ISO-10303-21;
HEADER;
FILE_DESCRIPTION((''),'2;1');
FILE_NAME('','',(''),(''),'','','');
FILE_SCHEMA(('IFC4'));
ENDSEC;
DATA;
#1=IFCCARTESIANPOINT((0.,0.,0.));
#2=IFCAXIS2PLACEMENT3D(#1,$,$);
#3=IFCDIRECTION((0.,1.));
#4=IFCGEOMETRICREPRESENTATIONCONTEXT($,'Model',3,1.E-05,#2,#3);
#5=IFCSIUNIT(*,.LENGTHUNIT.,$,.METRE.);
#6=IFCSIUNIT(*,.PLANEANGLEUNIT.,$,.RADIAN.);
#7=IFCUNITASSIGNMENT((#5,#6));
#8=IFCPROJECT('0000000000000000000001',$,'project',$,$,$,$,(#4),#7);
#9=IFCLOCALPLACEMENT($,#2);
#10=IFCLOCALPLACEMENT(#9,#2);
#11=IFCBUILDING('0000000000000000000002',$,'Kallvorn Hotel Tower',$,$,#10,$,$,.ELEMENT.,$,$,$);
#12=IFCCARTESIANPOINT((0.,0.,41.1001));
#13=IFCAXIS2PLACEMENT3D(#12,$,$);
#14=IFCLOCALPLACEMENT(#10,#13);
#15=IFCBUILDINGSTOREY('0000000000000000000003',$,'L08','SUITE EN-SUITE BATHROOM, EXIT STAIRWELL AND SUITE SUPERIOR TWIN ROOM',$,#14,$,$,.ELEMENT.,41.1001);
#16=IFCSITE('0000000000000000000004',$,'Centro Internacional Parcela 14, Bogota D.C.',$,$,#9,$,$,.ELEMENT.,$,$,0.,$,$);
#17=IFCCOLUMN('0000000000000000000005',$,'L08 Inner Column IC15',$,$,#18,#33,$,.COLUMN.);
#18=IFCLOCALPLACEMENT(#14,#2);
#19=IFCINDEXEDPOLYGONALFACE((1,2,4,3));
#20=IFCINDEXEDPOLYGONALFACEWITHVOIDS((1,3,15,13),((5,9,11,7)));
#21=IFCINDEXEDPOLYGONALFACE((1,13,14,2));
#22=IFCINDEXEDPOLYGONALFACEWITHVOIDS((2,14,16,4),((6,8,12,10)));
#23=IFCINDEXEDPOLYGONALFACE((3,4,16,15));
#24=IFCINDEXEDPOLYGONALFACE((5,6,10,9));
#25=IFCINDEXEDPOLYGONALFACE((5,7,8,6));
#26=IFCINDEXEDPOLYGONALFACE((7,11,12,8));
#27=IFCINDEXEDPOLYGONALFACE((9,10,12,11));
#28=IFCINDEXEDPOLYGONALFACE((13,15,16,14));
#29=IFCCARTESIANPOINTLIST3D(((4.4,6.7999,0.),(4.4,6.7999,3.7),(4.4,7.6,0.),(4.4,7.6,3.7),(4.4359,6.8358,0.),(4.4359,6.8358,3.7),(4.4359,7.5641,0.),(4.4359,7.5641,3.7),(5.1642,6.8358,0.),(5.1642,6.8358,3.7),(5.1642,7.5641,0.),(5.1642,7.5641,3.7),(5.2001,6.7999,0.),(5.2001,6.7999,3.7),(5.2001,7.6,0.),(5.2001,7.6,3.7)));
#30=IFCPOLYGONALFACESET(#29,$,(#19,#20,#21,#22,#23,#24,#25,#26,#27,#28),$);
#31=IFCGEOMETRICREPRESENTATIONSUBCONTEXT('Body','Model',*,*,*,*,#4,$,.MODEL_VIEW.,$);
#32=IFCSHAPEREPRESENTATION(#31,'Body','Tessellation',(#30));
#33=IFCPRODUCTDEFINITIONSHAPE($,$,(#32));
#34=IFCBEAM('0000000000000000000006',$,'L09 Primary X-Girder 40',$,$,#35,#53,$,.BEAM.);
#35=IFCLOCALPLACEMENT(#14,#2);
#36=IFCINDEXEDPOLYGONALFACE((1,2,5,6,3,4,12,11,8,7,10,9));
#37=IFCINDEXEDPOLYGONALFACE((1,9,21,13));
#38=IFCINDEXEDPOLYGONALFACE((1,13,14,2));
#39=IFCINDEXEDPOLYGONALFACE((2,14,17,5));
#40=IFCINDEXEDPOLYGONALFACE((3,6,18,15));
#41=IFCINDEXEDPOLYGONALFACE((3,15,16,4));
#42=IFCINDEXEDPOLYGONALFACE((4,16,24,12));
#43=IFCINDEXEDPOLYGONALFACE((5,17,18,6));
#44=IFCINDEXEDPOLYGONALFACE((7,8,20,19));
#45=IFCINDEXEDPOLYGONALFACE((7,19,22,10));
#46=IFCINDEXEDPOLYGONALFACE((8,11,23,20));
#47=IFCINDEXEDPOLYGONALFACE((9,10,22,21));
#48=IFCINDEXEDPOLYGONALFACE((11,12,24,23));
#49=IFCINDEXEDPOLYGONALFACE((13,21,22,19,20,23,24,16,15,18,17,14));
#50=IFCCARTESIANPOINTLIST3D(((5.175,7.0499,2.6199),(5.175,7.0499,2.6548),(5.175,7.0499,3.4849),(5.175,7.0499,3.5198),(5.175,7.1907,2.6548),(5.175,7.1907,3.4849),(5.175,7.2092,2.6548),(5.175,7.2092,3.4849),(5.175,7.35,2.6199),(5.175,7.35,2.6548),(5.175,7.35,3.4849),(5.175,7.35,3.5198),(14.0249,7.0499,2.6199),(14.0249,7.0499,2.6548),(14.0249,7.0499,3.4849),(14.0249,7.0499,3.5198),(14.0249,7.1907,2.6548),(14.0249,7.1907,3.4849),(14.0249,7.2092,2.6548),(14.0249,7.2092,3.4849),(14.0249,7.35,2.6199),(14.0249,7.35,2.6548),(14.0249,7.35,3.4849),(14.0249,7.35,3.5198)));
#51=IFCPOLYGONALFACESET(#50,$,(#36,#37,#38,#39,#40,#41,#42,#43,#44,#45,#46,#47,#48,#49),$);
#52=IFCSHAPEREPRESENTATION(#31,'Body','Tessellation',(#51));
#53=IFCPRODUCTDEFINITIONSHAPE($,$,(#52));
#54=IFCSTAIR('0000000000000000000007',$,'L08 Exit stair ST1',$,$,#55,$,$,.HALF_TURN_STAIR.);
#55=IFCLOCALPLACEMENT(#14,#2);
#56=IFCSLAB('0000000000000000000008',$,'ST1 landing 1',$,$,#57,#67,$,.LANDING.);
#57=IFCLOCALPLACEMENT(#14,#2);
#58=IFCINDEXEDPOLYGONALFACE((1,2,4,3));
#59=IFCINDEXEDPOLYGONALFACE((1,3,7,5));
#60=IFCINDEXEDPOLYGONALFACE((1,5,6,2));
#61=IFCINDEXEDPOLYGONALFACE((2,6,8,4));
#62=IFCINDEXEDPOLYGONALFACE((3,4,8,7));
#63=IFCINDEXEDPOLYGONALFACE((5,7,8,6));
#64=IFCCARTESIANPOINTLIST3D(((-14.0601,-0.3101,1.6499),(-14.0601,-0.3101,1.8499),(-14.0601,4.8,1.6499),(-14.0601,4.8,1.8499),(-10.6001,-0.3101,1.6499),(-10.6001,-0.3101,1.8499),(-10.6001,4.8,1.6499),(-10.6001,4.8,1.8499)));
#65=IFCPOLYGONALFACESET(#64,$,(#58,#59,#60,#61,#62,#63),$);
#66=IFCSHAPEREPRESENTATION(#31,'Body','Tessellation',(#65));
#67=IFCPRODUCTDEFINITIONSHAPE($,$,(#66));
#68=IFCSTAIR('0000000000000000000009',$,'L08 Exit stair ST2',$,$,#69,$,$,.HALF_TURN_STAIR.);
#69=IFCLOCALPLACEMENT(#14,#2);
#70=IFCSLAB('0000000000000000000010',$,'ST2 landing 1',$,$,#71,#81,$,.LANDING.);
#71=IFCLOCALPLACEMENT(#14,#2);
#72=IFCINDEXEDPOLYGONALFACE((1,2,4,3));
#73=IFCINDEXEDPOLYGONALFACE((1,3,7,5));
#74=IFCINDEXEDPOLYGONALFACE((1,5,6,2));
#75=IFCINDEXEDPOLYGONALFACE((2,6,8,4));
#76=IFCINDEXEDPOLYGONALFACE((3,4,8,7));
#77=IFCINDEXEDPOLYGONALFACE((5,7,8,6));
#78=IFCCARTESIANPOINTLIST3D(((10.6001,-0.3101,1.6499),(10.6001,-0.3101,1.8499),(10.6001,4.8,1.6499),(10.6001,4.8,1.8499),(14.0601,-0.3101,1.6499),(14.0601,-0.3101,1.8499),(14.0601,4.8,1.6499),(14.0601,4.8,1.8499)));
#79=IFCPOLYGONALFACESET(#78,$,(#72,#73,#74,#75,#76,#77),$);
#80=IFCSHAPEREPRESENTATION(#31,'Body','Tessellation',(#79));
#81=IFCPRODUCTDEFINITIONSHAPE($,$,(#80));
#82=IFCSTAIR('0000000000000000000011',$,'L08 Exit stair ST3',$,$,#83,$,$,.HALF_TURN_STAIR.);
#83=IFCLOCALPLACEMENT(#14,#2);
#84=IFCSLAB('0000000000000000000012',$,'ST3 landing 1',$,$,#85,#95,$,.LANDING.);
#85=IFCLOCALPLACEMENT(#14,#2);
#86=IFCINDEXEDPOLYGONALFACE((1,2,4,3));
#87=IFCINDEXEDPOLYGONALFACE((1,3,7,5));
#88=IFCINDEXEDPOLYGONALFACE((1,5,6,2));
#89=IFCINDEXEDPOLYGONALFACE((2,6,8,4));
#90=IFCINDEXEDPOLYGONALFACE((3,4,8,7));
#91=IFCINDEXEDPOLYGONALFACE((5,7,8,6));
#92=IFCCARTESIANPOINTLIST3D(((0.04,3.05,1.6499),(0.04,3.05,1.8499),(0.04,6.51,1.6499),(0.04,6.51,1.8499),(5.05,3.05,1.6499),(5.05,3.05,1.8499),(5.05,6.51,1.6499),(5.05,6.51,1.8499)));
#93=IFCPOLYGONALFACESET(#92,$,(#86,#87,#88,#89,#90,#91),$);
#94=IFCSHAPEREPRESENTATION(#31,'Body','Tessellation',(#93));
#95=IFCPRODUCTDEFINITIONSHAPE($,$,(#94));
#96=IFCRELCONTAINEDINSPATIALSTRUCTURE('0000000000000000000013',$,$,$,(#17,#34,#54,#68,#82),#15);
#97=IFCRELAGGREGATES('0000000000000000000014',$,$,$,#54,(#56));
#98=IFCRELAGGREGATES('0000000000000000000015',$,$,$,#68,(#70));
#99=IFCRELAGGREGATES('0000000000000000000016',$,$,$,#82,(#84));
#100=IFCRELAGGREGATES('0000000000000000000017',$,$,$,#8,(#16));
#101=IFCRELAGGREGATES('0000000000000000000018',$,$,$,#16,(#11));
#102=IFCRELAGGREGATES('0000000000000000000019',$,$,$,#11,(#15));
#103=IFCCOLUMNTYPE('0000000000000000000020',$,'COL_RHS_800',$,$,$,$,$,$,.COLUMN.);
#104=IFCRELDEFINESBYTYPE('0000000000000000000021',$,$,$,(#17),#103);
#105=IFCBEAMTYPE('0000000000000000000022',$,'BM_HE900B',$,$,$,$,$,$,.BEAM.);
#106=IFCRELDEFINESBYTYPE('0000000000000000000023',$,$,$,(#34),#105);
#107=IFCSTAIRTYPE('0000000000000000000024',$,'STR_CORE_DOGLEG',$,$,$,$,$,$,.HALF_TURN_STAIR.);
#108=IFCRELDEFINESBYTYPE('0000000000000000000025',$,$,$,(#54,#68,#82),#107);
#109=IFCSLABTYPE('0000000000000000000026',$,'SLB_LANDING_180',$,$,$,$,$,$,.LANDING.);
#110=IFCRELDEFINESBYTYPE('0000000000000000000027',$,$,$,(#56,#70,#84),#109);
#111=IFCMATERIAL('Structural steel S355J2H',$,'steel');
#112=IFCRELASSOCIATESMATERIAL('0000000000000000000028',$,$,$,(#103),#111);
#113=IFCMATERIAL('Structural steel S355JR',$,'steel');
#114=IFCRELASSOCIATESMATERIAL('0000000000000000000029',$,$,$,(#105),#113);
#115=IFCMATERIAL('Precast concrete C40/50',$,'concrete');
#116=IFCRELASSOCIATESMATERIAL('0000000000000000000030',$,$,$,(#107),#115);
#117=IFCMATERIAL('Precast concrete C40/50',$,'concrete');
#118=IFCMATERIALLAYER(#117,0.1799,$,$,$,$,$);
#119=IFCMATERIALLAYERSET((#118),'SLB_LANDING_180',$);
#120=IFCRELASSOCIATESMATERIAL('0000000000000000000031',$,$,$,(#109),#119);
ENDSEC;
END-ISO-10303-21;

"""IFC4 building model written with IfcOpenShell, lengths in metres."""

from ifc_helpers import new_model, si_unit, direction, frame, origin, origin_2d, place, context, subcontext, project, spatial, polyline, hollow_rectangle, i_section, outline, extrude, material, layer, layer_set, material_profile, profile_set, type_object, element, aggregate, save


model = new_model("IFC4")

# Units and contexts
model_context = context("Model", 3, precision=1e-05, world=origin(), true_north=direction((0.0, 1.0)))
body_context = subcontext(model_context, "Body", "Model", "MODEL_VIEW")
ifc_project = project(units=[si_unit("LENGTHUNIT", "METRE"), si_unit("PLANEANGLEUNIT", "RADIAN")], contexts=[model_context])

# Site, building, storey
site_placement = place(None, origin())
site = spatial("IfcSite", under=ifc_project, at=site_placement, Name="Centro Internacional Parcela 14, Bogota D.C.", CompositionType="ELEMENT", RefElevation=0.0)
building_placement = place(site_placement, origin())
building = spatial("IfcBuilding", under=site, at=building_placement, Name="Kallvorn Hotel Tower", CompositionType="ELEMENT")
storey_placement = place(building_placement, frame((0.0, 0.0, 41.1001)))
storey = spatial("IfcBuildingStorey", under=building, at=storey_placement, Name="L08", Description="SUITE EN-SUITE BATHROOM, EXIT STAIRWELL AND SUITE SUPERIOR TWIN ROOM", CompositionType="ELEMENT", Elevation=41.1001)

# Column
ifc_material_1 = material(Name="Structural steel S355J2H", Category="steel")
ifc_material_profile_1 = material_profile(ifc_material_1, hollow_rectangle(XDim=0.8, YDim=0.8, WallThickness=0.0359, at=origin_2d()), Name="RHS 800x800x36")
ifc_profile_set_1 = profile_set([ifc_material_profile_1], Name="Structural steel S355J2H")
column_type = type_object("IfcColumnType", Name="COL_RHS_800", PredefinedType="COLUMN", material=ifc_profile_set_1)
column_placement = place(storey_placement, frame((4.8, 7.2, 0.0), z_axis=(0.0, 0.0, 1.0), x_axis=(1.0, 0.0, 0.0)))
element("IfcColumn", 1, at=column_placement, inside=storey, type_object=column_type, Name="L08 Inner Column IC15", PredefinedType="COLUMN", context=body_context, shape_type="SweptSolid", body=[
    extrude(hollow_rectangle(XDim=0.8, YDim=0.8, WallThickness=0.0359, at=origin_2d()), origin(), (0.0, 0.0, 1.0), 3.7),
])

# Beam
ifc_material_2 = material(Name="Structural steel S355JR", Category="steel")
ifc_material_profile_2 = material_profile(ifc_material_2, i_section(OverallWidth=0.3, OverallDepth=0.8999, WebThickness=0.0186, FlangeThickness=0.0349, at=origin_2d()), Name="HE 900 B")
ifc_profile_set_2 = profile_set([ifc_material_profile_2], Name="Structural steel S355JR")
beam_type = type_object("IfcBeamType", Name="BM_HE900B", PredefinedType="BEAM", material=ifc_profile_set_2)
beam_placement = place(storey_placement, frame((5.175, 7.2, 3.0698), z_axis=(1.0, 0.0, 0.0), x_axis=(0.0, 1.0, 0.0)))
element("IfcBeam", 2, at=beam_placement, inside=storey, type_object=beam_type, Name="L09 Primary X-Girder 40", PredefinedType="BEAM", context=body_context, shape_type="SweptSolid", body=[
    extrude(i_section(OverallWidth=0.3, OverallDepth=0.8999, WebThickness=0.0186, FlangeThickness=0.0349, at=origin_2d()), origin(), (0.0, 0.0, 1.0), 8.8499),
])

# Stairs, slabs
ifc_material_3 = material(Name="Precast concrete C40/50", Category="concrete")
stair_type = type_object("IfcStairType", Name="STR_CORE_DOGLEG", PredefinedType="HALF_TURN_STAIR", material=ifc_material_3)
stair_1_placement = place(storey_placement, origin())
stair_1 = element("IfcStair", 3, at=stair_1_placement, inside=storey, type_object=stair_type, Name="L08 Exit stair ST1", PredefinedType="HALF_TURN_STAIR")
ifc_material_4 = material(Name="Precast concrete C40/50", Category="concrete")
ifc_layer_1 = layer(ifc_material_4, 0.1799)
ifc_layer_set_1 = layer_set([ifc_layer_1], Name="SLB_LANDING_180")
slab_type_1 = type_object("IfcSlabType", Name="SLB_LANDING_180", PredefinedType="LANDING", material=ifc_layer_set_1)
slab_1_placement = place(storey_placement, frame((0.0, 0.0, 1.6499)))
slab_1 = element("IfcSlab", 4, at=slab_1_placement, type_object=slab_type_1, Name="ST1 landing 1", PredefinedType="LANDING", context=body_context, shape_type="SweptSolid", body=[
    extrude(outline(polyline([(-10.6001, -0.3101), (-10.6001, 4.8), (-14.0601, 4.8), (-14.0601, -0.3101), (-10.6001, -0.3101)])), origin(), (0.0, 0.0, 1.0), 0.2),
])
aggregate(stair_1, [slab_1])
stair_2_placement = place(storey_placement, origin())
stair_2 = element("IfcStair", 5, at=stair_2_placement, inside=storey, type_object=stair_type, Name="L08 Exit stair ST2", PredefinedType="HALF_TURN_STAIR")
slab_2_placement = place(storey_placement, frame((0.0, 0.0, 1.6499)))
slab_2 = element("IfcSlab", 6, at=slab_2_placement, type_object=slab_type_1, Name="ST2 landing 1", PredefinedType="LANDING", context=body_context, shape_type="SweptSolid", body=[
    extrude(outline(polyline([(14.0601, -0.3101), (14.0601, 4.8), (10.6001, 4.8), (10.6001, -0.3101), (14.0601, -0.3101)])), origin(), (0.0, 0.0, 1.0), 0.2),
])
stair_3_placement = place(storey_placement, origin())
stair_3 = element("IfcStair", 7, at=stair_3_placement, inside=storey, type_object=stair_type, Name="L08 Exit stair ST3", PredefinedType="HALF_TURN_STAIR")
slab_3_placement = place(storey_placement, frame((0.0, 0.0, 1.6499)))
slab_3 = element("IfcSlab", 8, at=slab_3_placement, type_object=slab_type_1, Name="ST3 landing 1", PredefinedType="LANDING", context=body_context, shape_type="SweptSolid", body=[
    extrude(outline(polyline([(0.04, 3.05), (5.05, 3.05), (5.05, 6.51), (0.04, 6.51), (0.04, 3.05)])), origin(), (0.0, 0.0, 1.0), 0.2),
])

aggregate(stair_2, [slab_2])
aggregate(stair_3, [slab_3])

save(model, "model.ifc")
